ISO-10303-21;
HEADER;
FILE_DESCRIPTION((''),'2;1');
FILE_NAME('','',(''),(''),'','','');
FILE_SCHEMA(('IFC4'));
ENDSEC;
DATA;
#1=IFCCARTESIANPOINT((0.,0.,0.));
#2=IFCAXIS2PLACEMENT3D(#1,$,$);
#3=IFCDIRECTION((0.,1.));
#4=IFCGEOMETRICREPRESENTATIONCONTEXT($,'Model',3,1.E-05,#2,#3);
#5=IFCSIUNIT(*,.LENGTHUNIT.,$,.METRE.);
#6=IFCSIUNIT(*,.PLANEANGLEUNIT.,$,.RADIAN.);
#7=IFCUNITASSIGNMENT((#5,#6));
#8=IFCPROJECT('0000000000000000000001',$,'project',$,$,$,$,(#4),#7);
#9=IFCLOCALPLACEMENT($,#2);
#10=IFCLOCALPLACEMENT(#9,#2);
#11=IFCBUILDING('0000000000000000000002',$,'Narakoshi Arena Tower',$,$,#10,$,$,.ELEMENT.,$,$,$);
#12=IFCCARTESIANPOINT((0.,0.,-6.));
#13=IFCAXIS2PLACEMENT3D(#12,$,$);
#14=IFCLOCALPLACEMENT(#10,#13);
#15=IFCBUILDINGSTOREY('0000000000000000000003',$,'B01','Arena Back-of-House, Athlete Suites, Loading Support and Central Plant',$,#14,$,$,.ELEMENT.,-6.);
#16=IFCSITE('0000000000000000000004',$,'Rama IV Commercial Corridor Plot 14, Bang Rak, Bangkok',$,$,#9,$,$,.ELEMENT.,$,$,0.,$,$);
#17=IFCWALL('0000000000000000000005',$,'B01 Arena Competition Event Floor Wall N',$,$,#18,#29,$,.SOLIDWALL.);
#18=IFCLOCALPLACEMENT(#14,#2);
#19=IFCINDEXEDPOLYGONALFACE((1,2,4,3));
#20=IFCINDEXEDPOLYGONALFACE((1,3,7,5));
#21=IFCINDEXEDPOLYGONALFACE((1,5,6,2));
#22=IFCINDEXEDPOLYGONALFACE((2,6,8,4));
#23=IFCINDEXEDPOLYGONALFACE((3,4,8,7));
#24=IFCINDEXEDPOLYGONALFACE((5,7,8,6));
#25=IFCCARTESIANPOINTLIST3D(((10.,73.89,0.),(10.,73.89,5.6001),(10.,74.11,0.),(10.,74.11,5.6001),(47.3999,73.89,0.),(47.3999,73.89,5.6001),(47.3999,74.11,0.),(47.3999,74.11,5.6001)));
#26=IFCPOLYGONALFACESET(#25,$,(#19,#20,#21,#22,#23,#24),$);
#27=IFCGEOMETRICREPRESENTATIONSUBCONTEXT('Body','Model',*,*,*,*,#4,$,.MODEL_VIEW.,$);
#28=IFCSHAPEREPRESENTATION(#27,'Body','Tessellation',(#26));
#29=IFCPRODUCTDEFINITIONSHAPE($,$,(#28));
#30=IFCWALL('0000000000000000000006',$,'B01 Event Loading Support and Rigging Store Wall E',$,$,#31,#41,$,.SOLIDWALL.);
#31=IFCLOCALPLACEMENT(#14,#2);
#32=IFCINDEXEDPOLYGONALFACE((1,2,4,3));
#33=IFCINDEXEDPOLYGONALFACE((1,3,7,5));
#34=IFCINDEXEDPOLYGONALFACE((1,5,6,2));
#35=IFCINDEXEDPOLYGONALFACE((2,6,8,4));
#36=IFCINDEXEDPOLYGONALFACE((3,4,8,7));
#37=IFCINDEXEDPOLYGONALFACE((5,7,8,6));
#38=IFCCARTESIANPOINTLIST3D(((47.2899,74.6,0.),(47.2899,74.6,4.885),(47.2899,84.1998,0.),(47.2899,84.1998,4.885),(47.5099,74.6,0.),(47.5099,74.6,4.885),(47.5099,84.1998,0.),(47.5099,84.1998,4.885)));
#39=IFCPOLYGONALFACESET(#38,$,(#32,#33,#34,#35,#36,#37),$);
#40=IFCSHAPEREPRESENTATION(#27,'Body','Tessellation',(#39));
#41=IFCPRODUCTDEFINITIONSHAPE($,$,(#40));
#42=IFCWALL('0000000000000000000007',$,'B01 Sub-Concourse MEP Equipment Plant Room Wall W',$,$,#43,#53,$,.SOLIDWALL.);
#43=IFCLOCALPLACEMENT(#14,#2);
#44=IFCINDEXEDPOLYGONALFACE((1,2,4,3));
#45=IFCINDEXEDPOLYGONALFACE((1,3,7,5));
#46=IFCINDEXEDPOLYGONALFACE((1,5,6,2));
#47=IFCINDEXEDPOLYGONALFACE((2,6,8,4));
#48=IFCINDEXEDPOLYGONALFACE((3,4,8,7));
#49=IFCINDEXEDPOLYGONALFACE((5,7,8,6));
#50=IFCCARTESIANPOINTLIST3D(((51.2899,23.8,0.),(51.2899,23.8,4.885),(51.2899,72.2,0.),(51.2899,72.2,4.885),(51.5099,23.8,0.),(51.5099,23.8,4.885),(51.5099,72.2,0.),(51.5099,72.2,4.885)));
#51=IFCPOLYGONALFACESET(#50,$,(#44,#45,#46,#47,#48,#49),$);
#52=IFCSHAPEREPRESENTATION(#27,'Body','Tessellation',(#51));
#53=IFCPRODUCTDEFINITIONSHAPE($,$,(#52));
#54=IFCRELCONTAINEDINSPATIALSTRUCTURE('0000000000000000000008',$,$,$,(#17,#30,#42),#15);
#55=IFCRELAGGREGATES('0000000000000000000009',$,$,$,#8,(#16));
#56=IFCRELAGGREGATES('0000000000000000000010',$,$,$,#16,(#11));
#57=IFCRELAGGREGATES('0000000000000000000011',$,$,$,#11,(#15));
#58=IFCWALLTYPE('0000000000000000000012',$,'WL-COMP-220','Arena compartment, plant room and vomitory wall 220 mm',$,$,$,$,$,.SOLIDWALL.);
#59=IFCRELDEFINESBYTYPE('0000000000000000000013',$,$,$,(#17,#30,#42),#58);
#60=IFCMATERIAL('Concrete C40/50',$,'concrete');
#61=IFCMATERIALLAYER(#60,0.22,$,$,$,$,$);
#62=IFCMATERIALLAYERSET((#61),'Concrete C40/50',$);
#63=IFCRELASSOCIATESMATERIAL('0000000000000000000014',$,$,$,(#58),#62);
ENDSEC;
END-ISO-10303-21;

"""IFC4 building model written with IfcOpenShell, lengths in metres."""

from ifc_helpers import new_model, si_unit, direction, frame, frame_2d, origin, place, context, subcontext, project, spatial, rectangle, extrude, material, layer, layer_set, type_object, element, save


model = new_model("IFC4")

# Units and contexts
model_context = context("Model", 3, precision=1e-05, world=origin(), true_north=direction((0.0, 1.0)))
body_context = subcontext(model_context, "Body", "Model", "MODEL_VIEW")
ifc_project = project(units=[si_unit("LENGTHUNIT", "METRE"), si_unit("PLANEANGLEUNIT", "RADIAN")], contexts=[model_context])

# Site, building, storey
site_placement = place(None, origin())
site = spatial("IfcSite", under=ifc_project, at=site_placement, Name="Rama IV Commercial Corridor Plot 14, Bang Rak, Bangkok", CompositionType="ELEMENT", RefElevation=0.0)
building_placement = place(site_placement, origin())
building = spatial("IfcBuilding", under=site, at=building_placement, Name="Narakoshi Arena Tower", CompositionType="ELEMENT")
storey_placement = place(building_placement, frame((0.0, 0.0, -6.0)))
storey = spatial("IfcBuildingStorey", under=building, at=storey_placement, Name="B01", Description="Arena Back-of-House, Athlete Suites, Loading Support and Central Plant", CompositionType="ELEMENT", Elevation=-6.0)

# Walls
ifc_material_1 = material(Name="Concrete C40/50", Category="concrete")
ifc_layer = layer(ifc_material_1, 0.22)
ifc_layer_set = layer_set([ifc_layer], Name="Concrete C40/50")
wall_type = type_object("IfcWallType", Name="WL-COMP-220", Description="Arena compartment, plant room and vomitory wall 220 mm", PredefinedType="SOLIDWALL", material=ifc_layer_set)
wall_1_placement = place(storey_placement, frame((47.3999, 74.0, 0.0), z_axis=(0.0, 0.0, 1.0), x_axis=(-1.0, 0.0, 0.0)))
element("IfcWall", 1, at=wall_1_placement, inside=storey, type_object=wall_type, Name="B01 Arena Competition Event Floor Wall N", PredefinedType="SOLIDWALL", context=body_context, shape_type="SweptSolid", body=[
    extrude(rectangle(XDim=37.3999, YDim=0.22, at=frame_2d((18.7, 0.0))), origin(), (0.0, 0.0, 1.0), 5.6001),
])
wall_2_placement = place(storey_placement, frame((47.3999, 74.6001, 0.0), z_axis=(0.0, 0.0, 1.0), x_axis=(0.0, 1.0, 0.0)))
element("IfcWall", 2, at=wall_2_placement, inside=storey, type_object=wall_type, Name="B01 Event Loading Support and Rigging Store Wall E", PredefinedType="SOLIDWALL", context=body_context, shape_type="SweptSolid", body=[
    extrude(rectangle(XDim=9.5999, YDim=0.22, at=frame_2d((4.7998, 0.0))), origin(), (0.0, 0.0, 1.0), 4.885),
])
wall_3_placement = place(storey_placement, frame((51.3999, 72.2, 0.0), z_axis=(0.0, 0.0, 1.0), x_axis=(0.0, -1.0, 0.0)))
element("IfcWall", 3, at=wall_3_placement, inside=storey, type_object=wall_type, Name="B01 Sub-Concourse MEP Equipment Plant Room Wall W", PredefinedType="SOLIDWALL", context=body_context, shape_type="SweptSolid", body=[
    extrude(rectangle(XDim=48.3999, YDim=0.22, at=frame_2d((24.2, 0.0))), origin(), (0.0, 0.0, 1.0), 4.885),
])

save(model, "model.ifc")
